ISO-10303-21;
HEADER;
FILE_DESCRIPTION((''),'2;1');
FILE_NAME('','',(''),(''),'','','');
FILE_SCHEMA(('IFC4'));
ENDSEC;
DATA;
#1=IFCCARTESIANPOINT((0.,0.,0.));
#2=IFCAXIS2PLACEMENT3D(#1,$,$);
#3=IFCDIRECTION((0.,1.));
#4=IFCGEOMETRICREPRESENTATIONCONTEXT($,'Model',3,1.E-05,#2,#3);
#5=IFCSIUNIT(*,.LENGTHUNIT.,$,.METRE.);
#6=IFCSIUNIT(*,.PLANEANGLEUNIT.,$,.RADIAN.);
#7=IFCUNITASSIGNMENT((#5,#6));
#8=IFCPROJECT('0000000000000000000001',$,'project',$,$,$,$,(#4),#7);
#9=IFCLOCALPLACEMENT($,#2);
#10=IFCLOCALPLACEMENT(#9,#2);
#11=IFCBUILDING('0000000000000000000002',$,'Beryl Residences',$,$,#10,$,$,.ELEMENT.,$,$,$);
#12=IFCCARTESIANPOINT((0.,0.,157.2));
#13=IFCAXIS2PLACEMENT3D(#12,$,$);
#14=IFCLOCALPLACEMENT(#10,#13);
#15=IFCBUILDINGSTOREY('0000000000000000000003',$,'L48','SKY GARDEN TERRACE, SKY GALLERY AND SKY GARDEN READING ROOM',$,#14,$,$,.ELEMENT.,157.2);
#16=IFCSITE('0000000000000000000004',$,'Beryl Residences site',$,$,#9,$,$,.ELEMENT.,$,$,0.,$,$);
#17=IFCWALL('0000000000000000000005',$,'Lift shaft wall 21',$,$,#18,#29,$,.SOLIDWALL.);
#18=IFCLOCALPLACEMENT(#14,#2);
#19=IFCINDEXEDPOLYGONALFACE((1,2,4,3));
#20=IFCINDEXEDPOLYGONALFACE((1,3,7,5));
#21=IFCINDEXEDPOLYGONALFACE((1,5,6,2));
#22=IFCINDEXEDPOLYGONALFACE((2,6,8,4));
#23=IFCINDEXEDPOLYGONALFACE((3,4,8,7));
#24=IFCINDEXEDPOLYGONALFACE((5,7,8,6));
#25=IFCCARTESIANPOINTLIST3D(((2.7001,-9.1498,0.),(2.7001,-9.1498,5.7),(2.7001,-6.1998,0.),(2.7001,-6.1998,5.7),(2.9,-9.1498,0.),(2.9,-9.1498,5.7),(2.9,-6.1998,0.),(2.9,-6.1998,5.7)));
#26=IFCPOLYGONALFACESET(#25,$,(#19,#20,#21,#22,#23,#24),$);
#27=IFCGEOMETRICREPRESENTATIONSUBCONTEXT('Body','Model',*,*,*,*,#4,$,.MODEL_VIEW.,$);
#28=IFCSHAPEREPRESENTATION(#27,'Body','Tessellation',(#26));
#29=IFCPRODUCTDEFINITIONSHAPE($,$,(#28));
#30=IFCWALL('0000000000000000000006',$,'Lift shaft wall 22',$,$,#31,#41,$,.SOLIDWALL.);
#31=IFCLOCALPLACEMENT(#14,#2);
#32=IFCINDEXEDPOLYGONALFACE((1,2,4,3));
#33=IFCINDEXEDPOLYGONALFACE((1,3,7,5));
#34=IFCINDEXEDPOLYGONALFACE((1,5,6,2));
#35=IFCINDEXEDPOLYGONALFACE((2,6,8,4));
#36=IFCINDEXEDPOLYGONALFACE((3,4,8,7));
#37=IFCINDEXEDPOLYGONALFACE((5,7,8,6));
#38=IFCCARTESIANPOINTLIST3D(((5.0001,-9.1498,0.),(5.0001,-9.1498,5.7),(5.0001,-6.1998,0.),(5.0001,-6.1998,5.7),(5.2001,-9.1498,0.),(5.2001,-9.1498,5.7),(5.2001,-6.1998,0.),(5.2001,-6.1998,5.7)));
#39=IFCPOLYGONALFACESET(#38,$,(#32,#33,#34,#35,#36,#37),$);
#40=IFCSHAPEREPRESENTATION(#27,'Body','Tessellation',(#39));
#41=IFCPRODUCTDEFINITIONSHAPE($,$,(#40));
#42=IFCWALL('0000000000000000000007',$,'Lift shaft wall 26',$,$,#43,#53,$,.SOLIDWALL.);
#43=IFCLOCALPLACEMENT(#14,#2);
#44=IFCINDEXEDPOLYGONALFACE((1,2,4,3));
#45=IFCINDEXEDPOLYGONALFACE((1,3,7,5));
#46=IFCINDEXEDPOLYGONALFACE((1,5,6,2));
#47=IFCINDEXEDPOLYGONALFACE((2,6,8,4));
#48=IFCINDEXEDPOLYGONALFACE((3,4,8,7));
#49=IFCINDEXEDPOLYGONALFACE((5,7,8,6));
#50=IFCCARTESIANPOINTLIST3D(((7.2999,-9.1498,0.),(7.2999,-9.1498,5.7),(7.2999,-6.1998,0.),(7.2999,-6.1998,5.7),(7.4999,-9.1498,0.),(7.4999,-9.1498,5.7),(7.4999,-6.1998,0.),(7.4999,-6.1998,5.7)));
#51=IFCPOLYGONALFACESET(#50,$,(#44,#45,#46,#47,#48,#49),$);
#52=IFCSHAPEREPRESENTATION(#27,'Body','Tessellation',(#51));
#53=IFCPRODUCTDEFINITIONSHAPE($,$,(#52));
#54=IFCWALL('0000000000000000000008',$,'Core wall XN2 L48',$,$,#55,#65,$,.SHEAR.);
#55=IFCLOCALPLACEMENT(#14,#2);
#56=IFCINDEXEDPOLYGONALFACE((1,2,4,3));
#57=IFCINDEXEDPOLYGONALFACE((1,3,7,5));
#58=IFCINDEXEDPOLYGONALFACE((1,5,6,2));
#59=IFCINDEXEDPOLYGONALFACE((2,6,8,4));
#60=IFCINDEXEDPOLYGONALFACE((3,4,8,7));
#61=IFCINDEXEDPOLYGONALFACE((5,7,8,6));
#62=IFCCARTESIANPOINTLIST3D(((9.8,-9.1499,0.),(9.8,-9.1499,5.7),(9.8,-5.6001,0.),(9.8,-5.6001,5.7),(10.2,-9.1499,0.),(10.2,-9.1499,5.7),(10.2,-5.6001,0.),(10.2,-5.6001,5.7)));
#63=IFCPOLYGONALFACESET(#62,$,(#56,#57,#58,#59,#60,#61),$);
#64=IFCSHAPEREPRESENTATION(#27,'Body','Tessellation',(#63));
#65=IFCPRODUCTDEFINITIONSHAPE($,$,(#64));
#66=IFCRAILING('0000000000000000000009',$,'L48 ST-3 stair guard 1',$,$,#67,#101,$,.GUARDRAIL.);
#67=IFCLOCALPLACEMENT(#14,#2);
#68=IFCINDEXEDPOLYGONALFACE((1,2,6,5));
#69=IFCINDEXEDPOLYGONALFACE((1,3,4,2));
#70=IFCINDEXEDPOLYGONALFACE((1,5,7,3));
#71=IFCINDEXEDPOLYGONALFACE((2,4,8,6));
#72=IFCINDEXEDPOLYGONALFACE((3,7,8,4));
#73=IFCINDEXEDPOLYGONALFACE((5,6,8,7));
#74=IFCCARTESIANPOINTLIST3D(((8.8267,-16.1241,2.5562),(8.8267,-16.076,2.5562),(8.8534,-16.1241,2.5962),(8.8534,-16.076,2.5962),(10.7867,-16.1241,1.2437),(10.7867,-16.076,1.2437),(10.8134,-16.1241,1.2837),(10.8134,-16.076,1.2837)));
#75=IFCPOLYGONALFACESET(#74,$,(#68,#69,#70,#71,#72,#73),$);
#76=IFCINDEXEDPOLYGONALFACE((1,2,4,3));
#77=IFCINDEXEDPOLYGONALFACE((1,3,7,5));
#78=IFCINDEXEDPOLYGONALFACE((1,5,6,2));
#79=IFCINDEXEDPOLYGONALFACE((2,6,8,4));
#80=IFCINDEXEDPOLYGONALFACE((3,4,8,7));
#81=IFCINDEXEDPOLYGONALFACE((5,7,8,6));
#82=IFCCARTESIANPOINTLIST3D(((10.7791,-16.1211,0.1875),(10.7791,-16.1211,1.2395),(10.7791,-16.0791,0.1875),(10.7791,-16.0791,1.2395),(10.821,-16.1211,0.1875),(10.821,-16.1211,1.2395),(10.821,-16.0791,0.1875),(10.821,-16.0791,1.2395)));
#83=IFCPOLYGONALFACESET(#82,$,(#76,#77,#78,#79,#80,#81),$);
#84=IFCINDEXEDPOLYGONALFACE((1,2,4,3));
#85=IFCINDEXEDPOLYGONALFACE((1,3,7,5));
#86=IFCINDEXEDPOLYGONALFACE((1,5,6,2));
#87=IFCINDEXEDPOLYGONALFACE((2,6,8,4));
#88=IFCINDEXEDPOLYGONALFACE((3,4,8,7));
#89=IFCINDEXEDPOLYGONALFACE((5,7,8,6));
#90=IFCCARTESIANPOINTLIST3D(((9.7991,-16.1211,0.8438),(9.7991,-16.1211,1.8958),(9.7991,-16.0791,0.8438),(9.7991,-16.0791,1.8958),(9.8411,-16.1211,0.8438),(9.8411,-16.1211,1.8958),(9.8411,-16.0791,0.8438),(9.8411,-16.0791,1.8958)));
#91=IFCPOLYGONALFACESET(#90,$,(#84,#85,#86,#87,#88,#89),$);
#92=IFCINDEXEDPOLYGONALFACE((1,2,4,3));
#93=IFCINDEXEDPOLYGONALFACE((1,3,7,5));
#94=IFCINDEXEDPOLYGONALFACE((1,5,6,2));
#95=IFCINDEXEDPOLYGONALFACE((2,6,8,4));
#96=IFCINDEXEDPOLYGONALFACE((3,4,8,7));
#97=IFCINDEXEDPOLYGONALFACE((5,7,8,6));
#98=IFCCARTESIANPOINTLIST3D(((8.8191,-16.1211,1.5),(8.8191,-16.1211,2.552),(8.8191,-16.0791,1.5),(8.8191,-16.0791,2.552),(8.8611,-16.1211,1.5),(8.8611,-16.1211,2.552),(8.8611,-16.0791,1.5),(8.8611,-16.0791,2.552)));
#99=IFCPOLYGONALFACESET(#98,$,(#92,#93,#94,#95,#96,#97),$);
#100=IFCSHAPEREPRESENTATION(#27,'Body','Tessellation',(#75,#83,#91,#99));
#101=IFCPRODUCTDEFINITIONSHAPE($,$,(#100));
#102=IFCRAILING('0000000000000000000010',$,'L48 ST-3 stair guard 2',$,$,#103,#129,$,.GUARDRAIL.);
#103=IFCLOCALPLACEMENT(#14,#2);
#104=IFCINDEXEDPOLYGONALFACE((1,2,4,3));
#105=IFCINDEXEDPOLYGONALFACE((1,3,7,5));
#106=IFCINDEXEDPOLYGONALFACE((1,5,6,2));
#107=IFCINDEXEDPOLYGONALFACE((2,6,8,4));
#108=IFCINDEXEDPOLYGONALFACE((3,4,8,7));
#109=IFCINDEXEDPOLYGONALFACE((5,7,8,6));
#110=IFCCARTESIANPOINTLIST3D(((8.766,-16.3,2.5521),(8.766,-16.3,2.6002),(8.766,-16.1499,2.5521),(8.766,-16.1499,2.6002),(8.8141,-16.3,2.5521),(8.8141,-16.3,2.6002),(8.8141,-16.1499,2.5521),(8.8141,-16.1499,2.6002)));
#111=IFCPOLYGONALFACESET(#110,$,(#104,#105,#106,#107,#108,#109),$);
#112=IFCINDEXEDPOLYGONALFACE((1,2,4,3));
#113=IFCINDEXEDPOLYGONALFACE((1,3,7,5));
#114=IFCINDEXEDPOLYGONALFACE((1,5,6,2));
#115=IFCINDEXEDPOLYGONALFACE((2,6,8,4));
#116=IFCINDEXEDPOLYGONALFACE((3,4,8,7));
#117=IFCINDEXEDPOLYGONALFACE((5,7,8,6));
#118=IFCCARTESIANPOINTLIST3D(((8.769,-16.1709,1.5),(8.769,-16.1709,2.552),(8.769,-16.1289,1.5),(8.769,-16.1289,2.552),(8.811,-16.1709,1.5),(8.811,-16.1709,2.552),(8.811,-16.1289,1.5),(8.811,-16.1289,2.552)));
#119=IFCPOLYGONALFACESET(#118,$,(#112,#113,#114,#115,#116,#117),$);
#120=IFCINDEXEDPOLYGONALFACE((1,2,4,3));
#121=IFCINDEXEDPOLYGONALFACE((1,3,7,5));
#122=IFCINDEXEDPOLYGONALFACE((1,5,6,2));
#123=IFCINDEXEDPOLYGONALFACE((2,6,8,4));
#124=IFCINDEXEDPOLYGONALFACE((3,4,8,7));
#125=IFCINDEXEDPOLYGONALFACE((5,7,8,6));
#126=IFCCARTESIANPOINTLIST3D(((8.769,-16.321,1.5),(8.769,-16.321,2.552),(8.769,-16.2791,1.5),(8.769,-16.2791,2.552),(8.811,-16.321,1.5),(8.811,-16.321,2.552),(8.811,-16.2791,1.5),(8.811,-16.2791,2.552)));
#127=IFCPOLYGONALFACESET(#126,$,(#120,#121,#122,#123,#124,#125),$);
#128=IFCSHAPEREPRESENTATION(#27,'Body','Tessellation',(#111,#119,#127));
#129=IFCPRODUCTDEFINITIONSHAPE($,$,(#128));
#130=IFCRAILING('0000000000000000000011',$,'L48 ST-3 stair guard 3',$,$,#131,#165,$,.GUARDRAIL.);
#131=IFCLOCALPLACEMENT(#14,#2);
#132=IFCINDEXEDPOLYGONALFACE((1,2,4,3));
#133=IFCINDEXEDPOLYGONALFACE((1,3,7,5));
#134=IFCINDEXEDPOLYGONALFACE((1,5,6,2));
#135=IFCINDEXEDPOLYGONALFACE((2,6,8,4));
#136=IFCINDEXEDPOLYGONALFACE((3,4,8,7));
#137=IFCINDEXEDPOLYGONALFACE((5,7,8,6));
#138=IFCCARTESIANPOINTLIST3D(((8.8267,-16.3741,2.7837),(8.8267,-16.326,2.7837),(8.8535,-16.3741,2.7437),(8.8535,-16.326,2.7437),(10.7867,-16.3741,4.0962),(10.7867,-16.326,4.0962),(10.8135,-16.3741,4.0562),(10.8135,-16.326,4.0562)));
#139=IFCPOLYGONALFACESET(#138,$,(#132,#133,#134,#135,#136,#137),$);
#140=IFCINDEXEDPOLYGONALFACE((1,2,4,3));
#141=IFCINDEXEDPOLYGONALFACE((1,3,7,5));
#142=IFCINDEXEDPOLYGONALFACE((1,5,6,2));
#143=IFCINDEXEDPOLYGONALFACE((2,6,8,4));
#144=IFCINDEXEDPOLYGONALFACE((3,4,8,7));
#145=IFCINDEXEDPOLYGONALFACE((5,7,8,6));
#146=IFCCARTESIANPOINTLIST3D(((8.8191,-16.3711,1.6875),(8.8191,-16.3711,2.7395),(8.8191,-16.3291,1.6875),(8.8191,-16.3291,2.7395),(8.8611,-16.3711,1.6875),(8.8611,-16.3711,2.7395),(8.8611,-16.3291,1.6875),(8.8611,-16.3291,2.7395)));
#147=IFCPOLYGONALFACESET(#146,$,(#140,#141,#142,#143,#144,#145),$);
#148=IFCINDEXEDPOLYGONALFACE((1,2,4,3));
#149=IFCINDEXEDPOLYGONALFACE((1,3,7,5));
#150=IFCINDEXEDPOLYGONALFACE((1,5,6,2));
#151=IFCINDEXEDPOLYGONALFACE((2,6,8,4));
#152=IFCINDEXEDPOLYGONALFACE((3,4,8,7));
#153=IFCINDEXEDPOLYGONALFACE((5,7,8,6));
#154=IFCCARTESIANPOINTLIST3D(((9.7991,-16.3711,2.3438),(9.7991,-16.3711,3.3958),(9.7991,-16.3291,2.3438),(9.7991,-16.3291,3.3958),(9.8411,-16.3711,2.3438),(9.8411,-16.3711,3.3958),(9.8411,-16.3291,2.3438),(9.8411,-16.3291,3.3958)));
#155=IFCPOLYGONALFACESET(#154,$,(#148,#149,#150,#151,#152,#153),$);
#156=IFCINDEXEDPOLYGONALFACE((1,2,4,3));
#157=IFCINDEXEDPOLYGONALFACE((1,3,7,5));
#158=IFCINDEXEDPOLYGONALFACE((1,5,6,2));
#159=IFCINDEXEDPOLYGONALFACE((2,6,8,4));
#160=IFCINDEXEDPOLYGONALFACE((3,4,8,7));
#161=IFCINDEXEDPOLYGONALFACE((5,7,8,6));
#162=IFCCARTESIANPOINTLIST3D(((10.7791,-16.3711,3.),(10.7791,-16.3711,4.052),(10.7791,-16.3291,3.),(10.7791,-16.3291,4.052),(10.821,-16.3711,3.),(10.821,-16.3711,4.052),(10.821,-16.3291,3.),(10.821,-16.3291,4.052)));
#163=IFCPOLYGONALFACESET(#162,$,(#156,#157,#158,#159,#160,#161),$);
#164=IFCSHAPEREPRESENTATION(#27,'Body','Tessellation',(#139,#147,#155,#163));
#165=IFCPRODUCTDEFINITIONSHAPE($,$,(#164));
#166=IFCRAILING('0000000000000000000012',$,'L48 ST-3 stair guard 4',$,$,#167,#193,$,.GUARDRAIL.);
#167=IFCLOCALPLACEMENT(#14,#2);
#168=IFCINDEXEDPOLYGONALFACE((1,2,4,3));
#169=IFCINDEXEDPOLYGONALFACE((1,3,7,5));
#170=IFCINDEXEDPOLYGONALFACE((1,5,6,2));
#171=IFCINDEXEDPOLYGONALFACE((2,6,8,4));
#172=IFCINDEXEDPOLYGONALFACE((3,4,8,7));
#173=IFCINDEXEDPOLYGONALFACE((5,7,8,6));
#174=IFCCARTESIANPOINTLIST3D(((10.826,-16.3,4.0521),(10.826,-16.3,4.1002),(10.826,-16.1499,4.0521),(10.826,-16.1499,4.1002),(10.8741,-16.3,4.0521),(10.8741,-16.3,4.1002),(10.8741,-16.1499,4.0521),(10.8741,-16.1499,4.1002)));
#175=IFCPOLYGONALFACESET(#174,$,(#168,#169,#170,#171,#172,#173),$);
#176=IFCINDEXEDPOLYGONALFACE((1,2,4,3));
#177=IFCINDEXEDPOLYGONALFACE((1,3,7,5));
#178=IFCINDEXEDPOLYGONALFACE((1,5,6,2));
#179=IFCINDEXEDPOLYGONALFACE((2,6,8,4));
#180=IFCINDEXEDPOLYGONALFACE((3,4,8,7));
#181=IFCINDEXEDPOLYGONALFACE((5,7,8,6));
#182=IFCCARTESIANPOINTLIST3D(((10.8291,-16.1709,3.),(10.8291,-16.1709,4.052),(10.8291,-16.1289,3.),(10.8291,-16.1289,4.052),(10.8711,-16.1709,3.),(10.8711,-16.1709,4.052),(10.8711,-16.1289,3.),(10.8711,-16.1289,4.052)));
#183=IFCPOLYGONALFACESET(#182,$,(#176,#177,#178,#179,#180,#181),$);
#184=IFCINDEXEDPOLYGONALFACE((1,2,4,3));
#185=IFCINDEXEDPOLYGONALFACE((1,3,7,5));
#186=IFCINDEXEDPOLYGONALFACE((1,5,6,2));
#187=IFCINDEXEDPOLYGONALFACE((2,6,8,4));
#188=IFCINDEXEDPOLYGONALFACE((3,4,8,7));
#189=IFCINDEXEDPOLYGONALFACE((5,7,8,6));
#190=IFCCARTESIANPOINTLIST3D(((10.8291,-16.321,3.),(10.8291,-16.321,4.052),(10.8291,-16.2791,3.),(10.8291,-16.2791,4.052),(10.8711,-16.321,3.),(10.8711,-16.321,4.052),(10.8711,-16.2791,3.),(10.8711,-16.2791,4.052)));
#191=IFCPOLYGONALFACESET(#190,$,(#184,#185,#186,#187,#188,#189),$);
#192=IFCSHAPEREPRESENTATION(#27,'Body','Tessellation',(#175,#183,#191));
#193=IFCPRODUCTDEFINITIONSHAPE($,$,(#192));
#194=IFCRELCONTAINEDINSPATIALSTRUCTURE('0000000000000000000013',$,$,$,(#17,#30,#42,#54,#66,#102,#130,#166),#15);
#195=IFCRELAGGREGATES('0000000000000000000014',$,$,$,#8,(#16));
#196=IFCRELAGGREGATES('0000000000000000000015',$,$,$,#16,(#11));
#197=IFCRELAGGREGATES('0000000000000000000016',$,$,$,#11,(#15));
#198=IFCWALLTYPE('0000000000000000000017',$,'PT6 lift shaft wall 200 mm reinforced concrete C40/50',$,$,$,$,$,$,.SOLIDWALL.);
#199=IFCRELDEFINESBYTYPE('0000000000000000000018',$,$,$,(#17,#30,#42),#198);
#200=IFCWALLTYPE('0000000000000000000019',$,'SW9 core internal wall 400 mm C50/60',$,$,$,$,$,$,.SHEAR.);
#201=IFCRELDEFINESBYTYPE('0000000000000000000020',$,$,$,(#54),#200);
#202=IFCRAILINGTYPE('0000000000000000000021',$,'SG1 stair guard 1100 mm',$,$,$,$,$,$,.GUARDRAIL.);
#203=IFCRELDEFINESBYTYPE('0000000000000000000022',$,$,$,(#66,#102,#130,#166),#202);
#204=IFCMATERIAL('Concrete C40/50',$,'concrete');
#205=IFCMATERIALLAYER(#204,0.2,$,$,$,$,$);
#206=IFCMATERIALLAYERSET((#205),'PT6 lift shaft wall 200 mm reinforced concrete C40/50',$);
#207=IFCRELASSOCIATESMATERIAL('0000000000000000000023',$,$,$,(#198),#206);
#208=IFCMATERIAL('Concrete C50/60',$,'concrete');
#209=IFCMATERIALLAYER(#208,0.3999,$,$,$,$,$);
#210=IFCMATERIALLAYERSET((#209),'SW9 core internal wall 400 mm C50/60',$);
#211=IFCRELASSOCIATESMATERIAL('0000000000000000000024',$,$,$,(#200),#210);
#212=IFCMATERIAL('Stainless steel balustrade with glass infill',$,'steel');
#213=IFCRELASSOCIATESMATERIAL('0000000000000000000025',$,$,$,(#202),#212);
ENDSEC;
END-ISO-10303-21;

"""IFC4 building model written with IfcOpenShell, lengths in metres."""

from ifc_helpers import new_model, si_unit, direction, frame, frame_2d, origin, origin_2d, place, context, subcontext, project, spatial, rectangle, extrude, material, layer, layer_set, type_object, element, save


model = new_model("IFC4")

# Units and contexts
model_context = context("Model", 3, precision=1e-05, world=origin(), true_north=direction((0.0, 1.0)))
body_context = subcontext(model_context, "Body", "Model", "MODEL_VIEW")
ifc_project = project(units=[si_unit("LENGTHUNIT", "METRE"), si_unit("PLANEANGLEUNIT", "RADIAN")], contexts=[model_context])

# Site, building, storey
site_placement = place(None, origin())
site = spatial("IfcSite", under=ifc_project, at=site_placement, Name="Beryl Residences site", CompositionType="ELEMENT", RefElevation=0.0)
building_placement = place(site_placement, origin())
building = spatial("IfcBuilding", under=site, at=building_placement, Name="Beryl Residences", CompositionType="ELEMENT")
storey_placement = place(building_placement, frame((0.0, 0.0, 157.2)))
storey = spatial("IfcBuildingStorey", under=building, at=storey_placement, Name="L48", Description="SKY GARDEN TERRACE, SKY GALLERY AND SKY GARDEN READING ROOM", CompositionType="ELEMENT", Elevation=157.2)

# Walls
ifc_material_1 = material(Name="Concrete C40/50", Category="concrete")
ifc_layer_1 = layer(ifc_material_1, 0.2)
ifc_layer_set_1 = layer_set([ifc_layer_1], Name="PT6 lift shaft wall 200 mm reinforced concrete C40/50")
wall_type_1 = type_object("IfcWallType", Name="PT6 lift shaft wall 200 mm reinforced concrete C40/50", PredefinedType="SOLIDWALL", material=ifc_layer_set_1)
for number, where, z_axis, x_axis, name in (
    (1, (2.8, -9.1499, 0.0), (0.0, 0.0, 1.0), (0.0, 1.0, 0.0), "Lift shaft wall 21"),
    (2, (5.1001, -9.1499, 0.0), (0.0, 0.0, 1.0), (0.0, 1.0, 0.0), "Lift shaft wall 22"),
    (3, (7.3999, -9.1499, 0.0), (0.0, 0.0, 1.0), (0.0, 1.0, 0.0), "Lift shaft wall 26"),
):
    element("IfcWall", number, at=place(storey_placement, frame(where, z_axis=z_axis, x_axis=x_axis)), inside=storey, type_object=wall_type_1, Name=name, PredefinedType="SOLIDWALL", context=body_context, shape_type="SweptSolid", body=[
        extrude(rectangle(XDim=2.95, YDim=0.2, at=frame_2d((1.4751, 0.0))), origin(), (0.0, 0.0, 1.0), 5.7),
    ])
ifc_material_2 = material(Name="Concrete C50/60", Category="concrete")
ifc_layer_2 = layer(ifc_material_2, 0.3999)
ifc_layer_set_2 = layer_set([ifc_layer_2], Name="SW9 core internal wall 400 mm C50/60")
wall_type_2 = type_object("IfcWallType", Name="SW9 core internal wall 400 mm C50/60", PredefinedType="SHEAR", material=ifc_layer_set_2)
wall_1_placement = place(storey_placement, frame((10.0, -9.1499, 0.0), z_axis=(0.0, 0.0, 1.0), x_axis=(0.0, 1.0, 0.0)))
element("IfcWall", 4, at=wall_1_placement, inside=storey, type_object=wall_type_2, Name="Core wall XN2 L48", PredefinedType="SHEAR", context=body_context, shape_type="SweptSolid", body=[
    extrude(rectangle(XDim=3.5498, YDim=0.3999, at=frame_2d((1.7749, 0.0))), origin(), (0.0, 0.0, 1.0), 5.7),
])

# Railings
ifc_material_3 = material(Name="Stainless steel balustrade with glass infill", Category="steel")
railing_type_1 = type_object("IfcRailingType", Name="SG1 stair guard 1100 mm", PredefinedType="GUARDRAIL", material=ifc_material_3)
railing_1_placement = place(storey_placement, frame((10.8, -16.1001, 0.1875)))
element("IfcRailing", 5, at=railing_1_placement, inside=storey, type_object=railing_type_1, Name="L48 ST-3 stair guard 1", PredefinedType="GUARDRAIL", context=body_context, shape_type="SweptSolid", body=[
    extrude(rectangle(XDim=0.0481, YDim=0.0481, at=origin_2d()), frame((0.0, 0.0, 1.0762), z_axis=(-0.830902, 0.0, 0.556419), x_axis=(0.0, -1.0, 0.0)), (0.0, 0.0, 1.0), 2.3589),
    extrude(rectangle(XDim=0.042, YDim=0.042, at=origin_2d()), origin(), (0.0, 0.0, 1.0), 1.052),
    extrude(rectangle(XDim=0.042, YDim=0.042, at=origin_2d()), frame((-0.98, 0.0, 0.6562)), (0.0, 0.0, 1.0), 1.052),
    extrude(rectangle(XDim=0.042, YDim=0.042, at=origin_2d()), frame((-1.96, 0.0, 1.3125)), (0.0, 0.0, 1.0), 1.052),
])
railing_2_placement = place(storey_placement, frame((8.79, -16.1499, 1.5)))
element("IfcRailing", 6, at=railing_2_placement, inside=storey, type_object=railing_type_1, Name="L48 ST-3 stair guard 2", PredefinedType="GUARDRAIL", context=body_context, shape_type="SweptSolid", body=[
    extrude(rectangle(XDim=0.0481, YDim=0.0481, at=origin_2d()), frame((0.0, 0.0, 1.0762), z_axis=(0.0, -1.0, 0.0), x_axis=(1.0, 0.0, 0.0)), (0.0, 0.0, 1.0), 0.1501),
    extrude(rectangle(XDim=0.042, YDim=0.042, at=origin_2d()), origin(), (0.0, 0.0, 1.0), 1.052),
    extrude(rectangle(XDim=0.042, YDim=0.042, at=origin_2d()), frame((0.0, -0.1501, 0.0)), (0.0, 0.0, 1.0), 1.052),
])
railing_3_placement = place(storey_placement, frame((8.8401, -16.3501, 1.6875)))
element("IfcRailing", 7, at=railing_3_placement, inside=storey, type_object=railing_type_1, Name="L48 ST-3 stair guard 3", PredefinedType="GUARDRAIL", context=body_context, shape_type="SweptSolid", body=[
    extrude(rectangle(XDim=0.0481, YDim=0.0481, at=origin_2d()), frame((0.0, 0.0, 1.0762), z_axis=(0.830902, 0.0, 0.556419), x_axis=(0.0, 1.0, 0.0)), (0.0, 0.0, 1.0), 2.3589),
    extrude(rectangle(XDim=0.042, YDim=0.042, at=origin_2d()), origin(), (0.0, 0.0, 1.0), 1.052),
    extrude(rectangle(XDim=0.042, YDim=0.042, at=origin_2d()), frame((0.98, 0.0, 0.6562)), (0.0, 0.0, 1.0), 1.052),
    extrude(rectangle(XDim=0.042, YDim=0.042, at=origin_2d()), frame((1.96, 0.0, 1.3125)), (0.0, 0.0, 1.0), 1.052),
])
railing_4_placement = place(storey_placement, frame((10.8501, -16.1499, 3.0)))
element("IfcRailing", 8, at=railing_4_placement, inside=storey, type_object=railing_type_1, Name="L48 ST-3 stair guard 4", PredefinedType="GUARDRAIL", context=body_context, shape_type="SweptSolid", body=[
    extrude(rectangle(XDim=0.0481, YDim=0.0481, at=origin_2d()), frame((0.0, 0.0, 1.0762), z_axis=(0.0, -1.0, 0.0), x_axis=(1.0, 0.0, 0.0)), (0.0, 0.0, 1.0), 0.1501),
    extrude(rectangle(XDim=0.042, YDim=0.042, at=origin_2d()), origin(), (0.0, 0.0, 1.0), 1.052),
    extrude(rectangle(XDim=0.042, YDim=0.042, at=origin_2d()), frame((0.0, -0.1501, 0.0)), (0.0, 0.0, 1.0), 1.052),
])

save(model, "model.ifc")
